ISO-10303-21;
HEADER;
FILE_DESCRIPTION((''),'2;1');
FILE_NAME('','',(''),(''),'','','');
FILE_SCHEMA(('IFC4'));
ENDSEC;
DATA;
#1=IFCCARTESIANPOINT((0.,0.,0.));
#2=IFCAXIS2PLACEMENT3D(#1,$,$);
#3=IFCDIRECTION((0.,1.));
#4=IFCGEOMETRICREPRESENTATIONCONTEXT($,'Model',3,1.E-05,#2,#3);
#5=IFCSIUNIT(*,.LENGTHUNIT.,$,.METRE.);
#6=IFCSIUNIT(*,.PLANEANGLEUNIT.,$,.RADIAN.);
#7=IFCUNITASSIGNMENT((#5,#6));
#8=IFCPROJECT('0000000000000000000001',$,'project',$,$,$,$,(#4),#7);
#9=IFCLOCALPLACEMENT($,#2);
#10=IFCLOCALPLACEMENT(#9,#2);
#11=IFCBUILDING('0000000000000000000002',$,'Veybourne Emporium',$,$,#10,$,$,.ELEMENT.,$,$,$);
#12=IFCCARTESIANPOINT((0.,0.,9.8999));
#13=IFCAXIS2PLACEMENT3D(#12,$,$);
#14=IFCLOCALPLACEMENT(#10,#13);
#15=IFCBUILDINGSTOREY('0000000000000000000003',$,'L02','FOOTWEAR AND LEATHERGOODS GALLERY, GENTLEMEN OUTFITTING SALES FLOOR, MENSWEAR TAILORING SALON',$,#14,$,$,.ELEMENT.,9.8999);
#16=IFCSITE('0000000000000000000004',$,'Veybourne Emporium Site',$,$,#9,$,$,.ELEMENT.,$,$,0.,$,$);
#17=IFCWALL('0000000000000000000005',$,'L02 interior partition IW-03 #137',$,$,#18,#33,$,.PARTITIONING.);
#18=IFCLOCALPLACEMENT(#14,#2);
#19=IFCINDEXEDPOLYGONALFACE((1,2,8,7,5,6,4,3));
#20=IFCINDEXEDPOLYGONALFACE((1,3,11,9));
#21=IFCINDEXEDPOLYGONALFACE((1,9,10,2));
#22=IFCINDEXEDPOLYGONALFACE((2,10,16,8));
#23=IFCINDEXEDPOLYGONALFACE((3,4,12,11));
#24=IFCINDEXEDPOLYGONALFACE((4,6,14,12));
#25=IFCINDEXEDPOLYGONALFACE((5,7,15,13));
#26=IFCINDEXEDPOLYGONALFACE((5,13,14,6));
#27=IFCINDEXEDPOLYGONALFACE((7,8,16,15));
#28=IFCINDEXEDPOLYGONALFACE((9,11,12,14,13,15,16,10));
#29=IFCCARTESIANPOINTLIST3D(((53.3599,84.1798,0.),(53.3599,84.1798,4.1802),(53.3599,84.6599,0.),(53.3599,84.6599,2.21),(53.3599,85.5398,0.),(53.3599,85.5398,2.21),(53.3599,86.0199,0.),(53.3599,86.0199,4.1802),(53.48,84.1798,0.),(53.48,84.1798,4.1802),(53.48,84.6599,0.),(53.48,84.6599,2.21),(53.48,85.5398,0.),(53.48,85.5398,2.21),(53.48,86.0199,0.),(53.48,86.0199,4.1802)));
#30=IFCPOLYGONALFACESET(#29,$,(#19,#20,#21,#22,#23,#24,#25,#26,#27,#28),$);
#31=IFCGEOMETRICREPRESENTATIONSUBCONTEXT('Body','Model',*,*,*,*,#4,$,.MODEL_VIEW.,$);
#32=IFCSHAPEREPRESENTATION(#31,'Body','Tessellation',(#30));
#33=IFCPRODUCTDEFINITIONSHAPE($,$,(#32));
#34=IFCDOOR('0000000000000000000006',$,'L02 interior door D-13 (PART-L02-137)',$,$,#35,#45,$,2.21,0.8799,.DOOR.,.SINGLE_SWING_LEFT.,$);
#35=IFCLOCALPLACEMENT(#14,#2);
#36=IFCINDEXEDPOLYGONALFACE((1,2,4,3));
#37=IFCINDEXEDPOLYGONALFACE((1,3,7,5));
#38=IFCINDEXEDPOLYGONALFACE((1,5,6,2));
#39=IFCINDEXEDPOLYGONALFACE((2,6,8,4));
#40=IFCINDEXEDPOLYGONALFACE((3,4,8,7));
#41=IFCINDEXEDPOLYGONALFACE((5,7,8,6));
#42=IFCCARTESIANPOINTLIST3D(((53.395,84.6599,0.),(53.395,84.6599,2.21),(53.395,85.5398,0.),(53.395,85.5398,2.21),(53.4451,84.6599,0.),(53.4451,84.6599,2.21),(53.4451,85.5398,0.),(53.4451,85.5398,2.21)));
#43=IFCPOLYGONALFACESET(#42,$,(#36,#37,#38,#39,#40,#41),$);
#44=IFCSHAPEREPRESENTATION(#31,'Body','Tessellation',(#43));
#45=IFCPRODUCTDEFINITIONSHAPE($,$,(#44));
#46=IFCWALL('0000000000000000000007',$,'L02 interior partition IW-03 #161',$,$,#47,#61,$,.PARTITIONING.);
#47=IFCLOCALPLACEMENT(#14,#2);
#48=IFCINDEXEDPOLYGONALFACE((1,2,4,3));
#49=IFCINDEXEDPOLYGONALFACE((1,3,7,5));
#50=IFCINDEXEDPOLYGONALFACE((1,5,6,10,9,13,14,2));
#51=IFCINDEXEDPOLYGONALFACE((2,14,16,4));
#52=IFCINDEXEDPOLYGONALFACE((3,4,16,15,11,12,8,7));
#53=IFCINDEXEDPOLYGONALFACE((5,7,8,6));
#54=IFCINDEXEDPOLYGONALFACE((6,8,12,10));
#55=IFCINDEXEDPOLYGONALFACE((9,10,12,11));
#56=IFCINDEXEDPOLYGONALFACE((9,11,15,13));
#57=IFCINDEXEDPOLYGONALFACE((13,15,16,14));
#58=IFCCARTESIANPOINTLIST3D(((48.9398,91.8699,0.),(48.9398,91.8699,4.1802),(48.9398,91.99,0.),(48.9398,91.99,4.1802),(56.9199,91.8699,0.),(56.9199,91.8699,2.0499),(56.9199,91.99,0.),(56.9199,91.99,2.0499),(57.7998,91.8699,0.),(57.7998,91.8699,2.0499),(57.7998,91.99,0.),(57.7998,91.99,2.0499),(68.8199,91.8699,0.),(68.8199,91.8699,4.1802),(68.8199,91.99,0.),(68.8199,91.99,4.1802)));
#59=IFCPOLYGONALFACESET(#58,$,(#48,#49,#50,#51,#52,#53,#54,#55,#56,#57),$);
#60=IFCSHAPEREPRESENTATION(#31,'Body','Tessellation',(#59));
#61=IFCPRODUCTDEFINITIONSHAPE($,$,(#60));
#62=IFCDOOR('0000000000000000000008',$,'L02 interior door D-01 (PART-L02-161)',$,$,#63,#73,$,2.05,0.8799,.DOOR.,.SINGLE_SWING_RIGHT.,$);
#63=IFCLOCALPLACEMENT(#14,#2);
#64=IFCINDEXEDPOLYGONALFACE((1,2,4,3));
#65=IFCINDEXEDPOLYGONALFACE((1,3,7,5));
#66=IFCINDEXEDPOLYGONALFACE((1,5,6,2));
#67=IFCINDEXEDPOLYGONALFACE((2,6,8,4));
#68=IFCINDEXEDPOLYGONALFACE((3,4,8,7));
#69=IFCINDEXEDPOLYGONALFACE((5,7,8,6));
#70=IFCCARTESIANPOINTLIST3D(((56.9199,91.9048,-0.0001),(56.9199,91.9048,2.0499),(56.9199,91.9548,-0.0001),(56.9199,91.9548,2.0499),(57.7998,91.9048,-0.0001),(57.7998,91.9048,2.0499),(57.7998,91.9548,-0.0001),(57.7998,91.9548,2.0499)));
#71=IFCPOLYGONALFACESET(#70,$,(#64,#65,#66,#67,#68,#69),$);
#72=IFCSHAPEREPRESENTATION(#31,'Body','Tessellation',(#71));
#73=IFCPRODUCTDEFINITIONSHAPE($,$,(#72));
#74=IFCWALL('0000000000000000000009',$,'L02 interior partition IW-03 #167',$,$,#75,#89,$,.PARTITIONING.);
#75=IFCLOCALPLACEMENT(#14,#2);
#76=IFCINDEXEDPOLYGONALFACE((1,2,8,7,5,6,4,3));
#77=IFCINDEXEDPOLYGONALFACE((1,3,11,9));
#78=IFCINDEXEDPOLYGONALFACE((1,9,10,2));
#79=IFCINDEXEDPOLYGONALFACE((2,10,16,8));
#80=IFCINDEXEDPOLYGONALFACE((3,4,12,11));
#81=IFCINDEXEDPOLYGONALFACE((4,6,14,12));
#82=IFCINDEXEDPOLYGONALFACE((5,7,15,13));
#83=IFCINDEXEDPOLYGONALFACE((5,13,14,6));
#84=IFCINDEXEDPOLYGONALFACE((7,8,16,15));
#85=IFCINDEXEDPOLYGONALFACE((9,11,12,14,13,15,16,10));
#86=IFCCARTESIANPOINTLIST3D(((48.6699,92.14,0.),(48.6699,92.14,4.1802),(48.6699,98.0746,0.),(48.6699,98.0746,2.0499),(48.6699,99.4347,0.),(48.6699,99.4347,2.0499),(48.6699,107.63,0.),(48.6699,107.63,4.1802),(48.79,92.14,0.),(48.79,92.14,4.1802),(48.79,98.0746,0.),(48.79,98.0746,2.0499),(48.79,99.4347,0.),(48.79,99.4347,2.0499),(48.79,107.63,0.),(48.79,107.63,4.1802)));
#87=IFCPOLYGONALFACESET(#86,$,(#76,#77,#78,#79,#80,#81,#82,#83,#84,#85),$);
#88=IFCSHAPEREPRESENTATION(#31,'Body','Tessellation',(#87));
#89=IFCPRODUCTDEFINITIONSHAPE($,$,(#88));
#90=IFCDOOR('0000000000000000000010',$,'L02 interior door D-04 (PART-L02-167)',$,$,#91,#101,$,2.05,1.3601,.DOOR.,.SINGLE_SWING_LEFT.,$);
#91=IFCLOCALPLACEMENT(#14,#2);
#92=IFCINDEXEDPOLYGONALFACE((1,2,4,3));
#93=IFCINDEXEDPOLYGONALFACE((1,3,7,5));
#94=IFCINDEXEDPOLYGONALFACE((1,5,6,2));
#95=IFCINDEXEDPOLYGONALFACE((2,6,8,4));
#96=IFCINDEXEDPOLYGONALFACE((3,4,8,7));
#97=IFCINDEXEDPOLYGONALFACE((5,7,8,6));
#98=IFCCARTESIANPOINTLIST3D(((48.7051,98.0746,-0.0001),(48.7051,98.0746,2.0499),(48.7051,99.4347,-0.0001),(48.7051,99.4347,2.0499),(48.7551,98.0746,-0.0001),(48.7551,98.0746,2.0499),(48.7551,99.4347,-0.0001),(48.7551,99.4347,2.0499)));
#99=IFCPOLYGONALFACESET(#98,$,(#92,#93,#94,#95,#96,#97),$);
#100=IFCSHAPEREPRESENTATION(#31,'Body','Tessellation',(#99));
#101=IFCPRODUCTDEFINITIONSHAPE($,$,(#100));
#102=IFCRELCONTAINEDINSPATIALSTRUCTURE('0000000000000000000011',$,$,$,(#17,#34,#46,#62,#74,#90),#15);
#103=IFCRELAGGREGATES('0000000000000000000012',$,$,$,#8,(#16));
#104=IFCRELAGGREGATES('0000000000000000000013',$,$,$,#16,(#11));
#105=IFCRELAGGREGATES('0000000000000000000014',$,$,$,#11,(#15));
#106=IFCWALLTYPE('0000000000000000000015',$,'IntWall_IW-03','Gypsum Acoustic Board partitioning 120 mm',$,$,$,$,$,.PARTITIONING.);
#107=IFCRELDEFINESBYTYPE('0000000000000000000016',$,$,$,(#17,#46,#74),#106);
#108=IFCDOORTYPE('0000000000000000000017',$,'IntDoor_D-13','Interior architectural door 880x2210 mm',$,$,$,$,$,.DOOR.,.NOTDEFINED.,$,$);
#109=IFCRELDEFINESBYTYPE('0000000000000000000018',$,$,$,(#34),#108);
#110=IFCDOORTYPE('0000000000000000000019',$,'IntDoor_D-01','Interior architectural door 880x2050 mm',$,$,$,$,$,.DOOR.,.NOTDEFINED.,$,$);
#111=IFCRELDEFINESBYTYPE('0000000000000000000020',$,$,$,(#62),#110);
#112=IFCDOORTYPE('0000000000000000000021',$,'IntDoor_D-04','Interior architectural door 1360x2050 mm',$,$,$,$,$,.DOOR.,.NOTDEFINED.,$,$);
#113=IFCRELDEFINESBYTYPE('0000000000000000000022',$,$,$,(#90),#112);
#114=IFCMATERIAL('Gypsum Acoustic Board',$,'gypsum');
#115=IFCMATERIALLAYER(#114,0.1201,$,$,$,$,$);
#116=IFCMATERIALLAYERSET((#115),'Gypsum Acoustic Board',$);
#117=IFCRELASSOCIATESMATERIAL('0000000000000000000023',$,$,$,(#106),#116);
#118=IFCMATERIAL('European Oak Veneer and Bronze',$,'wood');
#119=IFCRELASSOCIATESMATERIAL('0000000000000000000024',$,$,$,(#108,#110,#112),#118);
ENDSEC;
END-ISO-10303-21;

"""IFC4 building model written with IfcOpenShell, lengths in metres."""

from ifc_helpers import new_model, si_unit, direction, frame, frame_2d, origin, place, context, subcontext, project, spatial, rectangle, extrude, material, layer, layer_set, type_object, element, fill, save


model = new_model("IFC4")

# Units and contexts
model_context = context("Model", 3, precision=1e-05, world=origin(), true_north=direction((0.0, 1.0)))
body_context = subcontext(model_context, "Body", "Model", "MODEL_VIEW")
ifc_project = project(units=[si_unit("LENGTHUNIT", "METRE"), si_unit("PLANEANGLEUNIT", "RADIAN")], contexts=[model_context])

# Site, building, storey
site_placement = place(None, origin())
site = spatial("IfcSite", under=ifc_project, at=site_placement, Name="Veybourne Emporium Site", CompositionType="ELEMENT", RefElevation=0.0)
building_placement = place(site_placement, origin())
building = spatial("IfcBuilding", under=site, at=building_placement, Name="Veybourne Emporium", CompositionType="ELEMENT")
storey_placement = place(building_placement, frame((0.0, 0.0, 9.8999)))
storey = spatial("IfcBuildingStorey", under=building, at=storey_placement, Name="L02", Description="FOOTWEAR AND LEATHERGOODS GALLERY, GENTLEMEN OUTFITTING SALES FLOOR, MENSWEAR TAILORING SALON", CompositionType="ELEMENT", Elevation=9.8999)

# Walls, openings, doors
ifc_material_1 = material(Name="Gypsum Acoustic Board", Category="gypsum")
ifc_layer_1 = layer(ifc_material_1, 0.1201)
ifc_layer_set_1 = layer_set([ifc_layer_1], Name="Gypsum Acoustic Board")
wall_type_1 = type_object("IfcWallType", Name="IntWall_IW-03", Description="Gypsum Acoustic Board partitioning 120 mm", PredefinedType="PARTITIONING", material=ifc_layer_set_1)
ifc_material_2 = material(Name="European Oak Veneer and Bronze", Category="wood")
wall_1_placement = place(storey_placement, frame((53.4199, 84.1799, 0.0), z_axis=(0.0, 0.0, 1.0), x_axis=(0.0, 1.0, 0.0)))
wall_1 = element("IfcWall", 1, at=wall_1_placement, inside=storey, type_object=wall_type_1, Name="L02 interior partition IW-03 #137", PredefinedType="PARTITIONING", context=body_context, shape_type="SweptSolid", body=[
    extrude(rectangle(XDim=1.8401, YDim=0.1201, at=frame_2d((0.9199, 0.0))), origin(), (0.0, 0.0, 1.0), 4.1802),
])
opening_1_placement = place(wall_1_placement, frame((0.48, 0.0, 0.0)))
opening_1 = element("IfcOpeningElement", 2, at=opening_1_placement, cuts=wall_1, PredefinedType="OPENING", context=body_context, shape_type="SweptSolid", body=[
    extrude(rectangle(XDim=0.8799, YDim=2.21, at=frame_2d((0.4399, 1.105))), frame((0.0, 0.0801, 0.0), z_axis=(0.0, -1.0, 0.0), x_axis=(1.0, 0.0, 0.0)), (0.0, 0.0, 1.0), 0.1602),
])
door_type_1 = type_object("IfcDoorType", Name="IntDoor_D-13", Description="Interior architectural door 880x2210 mm", OperationType="NOTDEFINED", PredefinedType="DOOR", material=ifc_material_2)
door_1_placement = place(opening_1_placement, origin())
door_1 = element("IfcDoor", 3, at=door_1_placement, inside=storey, type_object=door_type_1, Name="L02 interior door D-13 (PART-L02-137)", OperationType="SINGLE_SWING_LEFT", OverallHeight=2.21, OverallWidth=0.8799, PredefinedType="DOOR", context=body_context, shape_type="SweptSolid", body=[
    extrude(rectangle(XDim=0.8799, YDim=2.21, at=frame_2d((0.4399, 1.105))), frame((0.0, 0.0249, 0.0), z_axis=(0.0, -1.0, 0.0), x_axis=(1.0, 0.0, 0.0)), (0.0, 0.0, 1.0), 0.05),
])
fill(opening_1, door_1)
wall_2_placement = place(storey_placement, frame((48.9399, 91.9299, 0.0), z_axis=(0.0, 0.0, 1.0), x_axis=(1.0, 0.0, 0.0)))
wall_2 = element("IfcWall", 4, at=wall_2_placement, inside=storey, type_object=wall_type_1, Name="L02 interior partition IW-03 #161", PredefinedType="PARTITIONING", context=body_context, shape_type="SweptSolid", body=[
    extrude(rectangle(XDim=19.8801, YDim=0.1201, at=frame_2d((9.9399, 0.0))), origin(), (0.0, 0.0, 1.0), 4.1802),
])
opening_2_placement = place(wall_2_placement, frame((7.98, 0.0, 0.0)))
opening_2 = element("IfcOpeningElement", 5, at=opening_2_placement, cuts=wall_2, PredefinedType="OPENING", context=body_context, shape_type="SweptSolid", body=[
    extrude(rectangle(XDim=0.8799, YDim=2.05, at=frame_2d((0.4399, 1.0249))), frame((0.0, 0.0801, 0.0), z_axis=(0.0, -1.0, 0.0), x_axis=(1.0, 0.0, 0.0)), (0.0, 0.0, 1.0), 0.1602),
])
door_type_2 = type_object("IfcDoorType", Name="IntDoor_D-01", Description="Interior architectural door 880x2050 mm", OperationType="NOTDEFINED", PredefinedType="DOOR", material=ifc_material_2)
door_2_placement = place(opening_2_placement, origin())
door_2 = element("IfcDoor", 6, at=door_2_placement, inside=storey, type_object=door_type_2, Name="L02 interior door D-01 (PART-L02-161)", OperationType="SINGLE_SWING_RIGHT", OverallHeight=2.05, OverallWidth=0.8799, PredefinedType="DOOR", context=body_context, shape_type="SweptSolid", body=[
    extrude(rectangle(XDim=0.8799, YDim=2.05, at=frame_2d((0.4399, 1.0249))), frame((0.0, 0.0249, 0.0), z_axis=(0.0, -1.0, 0.0), x_axis=(1.0, 0.0, 0.0)), (0.0, 0.0, 1.0), 0.05),
])
fill(opening_2, door_2)
wall_3_placement = place(storey_placement, frame((48.73, 92.1399, 0.0), z_axis=(0.0, 0.0, 1.0), x_axis=(0.0, 1.0, 0.0)))
wall_3 = element("IfcWall", 7, at=wall_3_placement, inside=storey, type_object=wall_type_1, Name="L02 interior partition IW-03 #167", PredefinedType="PARTITIONING", context=body_context, shape_type="SweptSolid", body=[
    extrude(rectangle(XDim=15.49, YDim=0.1201, at=frame_2d((7.7451, 0.0))), origin(), (0.0, 0.0, 1.0), 4.1802),
])
opening_3_placement = place(wall_3_placement, frame((5.9346, 0.0, 0.0)))
opening_3 = element("IfcOpeningElement", 8, at=opening_3_placement, cuts=wall_3, PredefinedType="OPENING", context=body_context, shape_type="SweptSolid", body=[
    extrude(rectangle(XDim=1.3601, YDim=2.05, at=frame_2d((0.6802, 1.0249))), frame((0.0, 0.0801, 0.0), z_axis=(0.0, -1.0, 0.0), x_axis=(1.0, 0.0, 0.0)), (0.0, 0.0, 1.0), 0.1602),
])
door_type_3 = type_object("IfcDoorType", Name="IntDoor_D-04", Description="Interior architectural door 1360x2050 mm", OperationType="NOTDEFINED", PredefinedType="DOOR", material=ifc_material_2)
door_3_placement = place(opening_3_placement, origin())
door_3 = element("IfcDoor", 9, at=door_3_placement, inside=storey, type_object=door_type_3, Name="L02 interior door D-04 (PART-L02-167)", OperationType="SINGLE_SWING_LEFT", OverallHeight=2.05, OverallWidth=1.3601, PredefinedType="DOOR", context=body_context, shape_type="SweptSolid", body=[
    extrude(rectangle(XDim=1.3601, YDim=2.05, at=frame_2d((0.6802, 1.0249))), frame((0.0, 0.0249, 0.0), z_axis=(0.0, -1.0, 0.0), x_axis=(1.0, 0.0, 0.0)), (0.0, 0.0, 1.0), 0.05),
])
fill(opening_3, door_3)

save(model, "model.ifc")
